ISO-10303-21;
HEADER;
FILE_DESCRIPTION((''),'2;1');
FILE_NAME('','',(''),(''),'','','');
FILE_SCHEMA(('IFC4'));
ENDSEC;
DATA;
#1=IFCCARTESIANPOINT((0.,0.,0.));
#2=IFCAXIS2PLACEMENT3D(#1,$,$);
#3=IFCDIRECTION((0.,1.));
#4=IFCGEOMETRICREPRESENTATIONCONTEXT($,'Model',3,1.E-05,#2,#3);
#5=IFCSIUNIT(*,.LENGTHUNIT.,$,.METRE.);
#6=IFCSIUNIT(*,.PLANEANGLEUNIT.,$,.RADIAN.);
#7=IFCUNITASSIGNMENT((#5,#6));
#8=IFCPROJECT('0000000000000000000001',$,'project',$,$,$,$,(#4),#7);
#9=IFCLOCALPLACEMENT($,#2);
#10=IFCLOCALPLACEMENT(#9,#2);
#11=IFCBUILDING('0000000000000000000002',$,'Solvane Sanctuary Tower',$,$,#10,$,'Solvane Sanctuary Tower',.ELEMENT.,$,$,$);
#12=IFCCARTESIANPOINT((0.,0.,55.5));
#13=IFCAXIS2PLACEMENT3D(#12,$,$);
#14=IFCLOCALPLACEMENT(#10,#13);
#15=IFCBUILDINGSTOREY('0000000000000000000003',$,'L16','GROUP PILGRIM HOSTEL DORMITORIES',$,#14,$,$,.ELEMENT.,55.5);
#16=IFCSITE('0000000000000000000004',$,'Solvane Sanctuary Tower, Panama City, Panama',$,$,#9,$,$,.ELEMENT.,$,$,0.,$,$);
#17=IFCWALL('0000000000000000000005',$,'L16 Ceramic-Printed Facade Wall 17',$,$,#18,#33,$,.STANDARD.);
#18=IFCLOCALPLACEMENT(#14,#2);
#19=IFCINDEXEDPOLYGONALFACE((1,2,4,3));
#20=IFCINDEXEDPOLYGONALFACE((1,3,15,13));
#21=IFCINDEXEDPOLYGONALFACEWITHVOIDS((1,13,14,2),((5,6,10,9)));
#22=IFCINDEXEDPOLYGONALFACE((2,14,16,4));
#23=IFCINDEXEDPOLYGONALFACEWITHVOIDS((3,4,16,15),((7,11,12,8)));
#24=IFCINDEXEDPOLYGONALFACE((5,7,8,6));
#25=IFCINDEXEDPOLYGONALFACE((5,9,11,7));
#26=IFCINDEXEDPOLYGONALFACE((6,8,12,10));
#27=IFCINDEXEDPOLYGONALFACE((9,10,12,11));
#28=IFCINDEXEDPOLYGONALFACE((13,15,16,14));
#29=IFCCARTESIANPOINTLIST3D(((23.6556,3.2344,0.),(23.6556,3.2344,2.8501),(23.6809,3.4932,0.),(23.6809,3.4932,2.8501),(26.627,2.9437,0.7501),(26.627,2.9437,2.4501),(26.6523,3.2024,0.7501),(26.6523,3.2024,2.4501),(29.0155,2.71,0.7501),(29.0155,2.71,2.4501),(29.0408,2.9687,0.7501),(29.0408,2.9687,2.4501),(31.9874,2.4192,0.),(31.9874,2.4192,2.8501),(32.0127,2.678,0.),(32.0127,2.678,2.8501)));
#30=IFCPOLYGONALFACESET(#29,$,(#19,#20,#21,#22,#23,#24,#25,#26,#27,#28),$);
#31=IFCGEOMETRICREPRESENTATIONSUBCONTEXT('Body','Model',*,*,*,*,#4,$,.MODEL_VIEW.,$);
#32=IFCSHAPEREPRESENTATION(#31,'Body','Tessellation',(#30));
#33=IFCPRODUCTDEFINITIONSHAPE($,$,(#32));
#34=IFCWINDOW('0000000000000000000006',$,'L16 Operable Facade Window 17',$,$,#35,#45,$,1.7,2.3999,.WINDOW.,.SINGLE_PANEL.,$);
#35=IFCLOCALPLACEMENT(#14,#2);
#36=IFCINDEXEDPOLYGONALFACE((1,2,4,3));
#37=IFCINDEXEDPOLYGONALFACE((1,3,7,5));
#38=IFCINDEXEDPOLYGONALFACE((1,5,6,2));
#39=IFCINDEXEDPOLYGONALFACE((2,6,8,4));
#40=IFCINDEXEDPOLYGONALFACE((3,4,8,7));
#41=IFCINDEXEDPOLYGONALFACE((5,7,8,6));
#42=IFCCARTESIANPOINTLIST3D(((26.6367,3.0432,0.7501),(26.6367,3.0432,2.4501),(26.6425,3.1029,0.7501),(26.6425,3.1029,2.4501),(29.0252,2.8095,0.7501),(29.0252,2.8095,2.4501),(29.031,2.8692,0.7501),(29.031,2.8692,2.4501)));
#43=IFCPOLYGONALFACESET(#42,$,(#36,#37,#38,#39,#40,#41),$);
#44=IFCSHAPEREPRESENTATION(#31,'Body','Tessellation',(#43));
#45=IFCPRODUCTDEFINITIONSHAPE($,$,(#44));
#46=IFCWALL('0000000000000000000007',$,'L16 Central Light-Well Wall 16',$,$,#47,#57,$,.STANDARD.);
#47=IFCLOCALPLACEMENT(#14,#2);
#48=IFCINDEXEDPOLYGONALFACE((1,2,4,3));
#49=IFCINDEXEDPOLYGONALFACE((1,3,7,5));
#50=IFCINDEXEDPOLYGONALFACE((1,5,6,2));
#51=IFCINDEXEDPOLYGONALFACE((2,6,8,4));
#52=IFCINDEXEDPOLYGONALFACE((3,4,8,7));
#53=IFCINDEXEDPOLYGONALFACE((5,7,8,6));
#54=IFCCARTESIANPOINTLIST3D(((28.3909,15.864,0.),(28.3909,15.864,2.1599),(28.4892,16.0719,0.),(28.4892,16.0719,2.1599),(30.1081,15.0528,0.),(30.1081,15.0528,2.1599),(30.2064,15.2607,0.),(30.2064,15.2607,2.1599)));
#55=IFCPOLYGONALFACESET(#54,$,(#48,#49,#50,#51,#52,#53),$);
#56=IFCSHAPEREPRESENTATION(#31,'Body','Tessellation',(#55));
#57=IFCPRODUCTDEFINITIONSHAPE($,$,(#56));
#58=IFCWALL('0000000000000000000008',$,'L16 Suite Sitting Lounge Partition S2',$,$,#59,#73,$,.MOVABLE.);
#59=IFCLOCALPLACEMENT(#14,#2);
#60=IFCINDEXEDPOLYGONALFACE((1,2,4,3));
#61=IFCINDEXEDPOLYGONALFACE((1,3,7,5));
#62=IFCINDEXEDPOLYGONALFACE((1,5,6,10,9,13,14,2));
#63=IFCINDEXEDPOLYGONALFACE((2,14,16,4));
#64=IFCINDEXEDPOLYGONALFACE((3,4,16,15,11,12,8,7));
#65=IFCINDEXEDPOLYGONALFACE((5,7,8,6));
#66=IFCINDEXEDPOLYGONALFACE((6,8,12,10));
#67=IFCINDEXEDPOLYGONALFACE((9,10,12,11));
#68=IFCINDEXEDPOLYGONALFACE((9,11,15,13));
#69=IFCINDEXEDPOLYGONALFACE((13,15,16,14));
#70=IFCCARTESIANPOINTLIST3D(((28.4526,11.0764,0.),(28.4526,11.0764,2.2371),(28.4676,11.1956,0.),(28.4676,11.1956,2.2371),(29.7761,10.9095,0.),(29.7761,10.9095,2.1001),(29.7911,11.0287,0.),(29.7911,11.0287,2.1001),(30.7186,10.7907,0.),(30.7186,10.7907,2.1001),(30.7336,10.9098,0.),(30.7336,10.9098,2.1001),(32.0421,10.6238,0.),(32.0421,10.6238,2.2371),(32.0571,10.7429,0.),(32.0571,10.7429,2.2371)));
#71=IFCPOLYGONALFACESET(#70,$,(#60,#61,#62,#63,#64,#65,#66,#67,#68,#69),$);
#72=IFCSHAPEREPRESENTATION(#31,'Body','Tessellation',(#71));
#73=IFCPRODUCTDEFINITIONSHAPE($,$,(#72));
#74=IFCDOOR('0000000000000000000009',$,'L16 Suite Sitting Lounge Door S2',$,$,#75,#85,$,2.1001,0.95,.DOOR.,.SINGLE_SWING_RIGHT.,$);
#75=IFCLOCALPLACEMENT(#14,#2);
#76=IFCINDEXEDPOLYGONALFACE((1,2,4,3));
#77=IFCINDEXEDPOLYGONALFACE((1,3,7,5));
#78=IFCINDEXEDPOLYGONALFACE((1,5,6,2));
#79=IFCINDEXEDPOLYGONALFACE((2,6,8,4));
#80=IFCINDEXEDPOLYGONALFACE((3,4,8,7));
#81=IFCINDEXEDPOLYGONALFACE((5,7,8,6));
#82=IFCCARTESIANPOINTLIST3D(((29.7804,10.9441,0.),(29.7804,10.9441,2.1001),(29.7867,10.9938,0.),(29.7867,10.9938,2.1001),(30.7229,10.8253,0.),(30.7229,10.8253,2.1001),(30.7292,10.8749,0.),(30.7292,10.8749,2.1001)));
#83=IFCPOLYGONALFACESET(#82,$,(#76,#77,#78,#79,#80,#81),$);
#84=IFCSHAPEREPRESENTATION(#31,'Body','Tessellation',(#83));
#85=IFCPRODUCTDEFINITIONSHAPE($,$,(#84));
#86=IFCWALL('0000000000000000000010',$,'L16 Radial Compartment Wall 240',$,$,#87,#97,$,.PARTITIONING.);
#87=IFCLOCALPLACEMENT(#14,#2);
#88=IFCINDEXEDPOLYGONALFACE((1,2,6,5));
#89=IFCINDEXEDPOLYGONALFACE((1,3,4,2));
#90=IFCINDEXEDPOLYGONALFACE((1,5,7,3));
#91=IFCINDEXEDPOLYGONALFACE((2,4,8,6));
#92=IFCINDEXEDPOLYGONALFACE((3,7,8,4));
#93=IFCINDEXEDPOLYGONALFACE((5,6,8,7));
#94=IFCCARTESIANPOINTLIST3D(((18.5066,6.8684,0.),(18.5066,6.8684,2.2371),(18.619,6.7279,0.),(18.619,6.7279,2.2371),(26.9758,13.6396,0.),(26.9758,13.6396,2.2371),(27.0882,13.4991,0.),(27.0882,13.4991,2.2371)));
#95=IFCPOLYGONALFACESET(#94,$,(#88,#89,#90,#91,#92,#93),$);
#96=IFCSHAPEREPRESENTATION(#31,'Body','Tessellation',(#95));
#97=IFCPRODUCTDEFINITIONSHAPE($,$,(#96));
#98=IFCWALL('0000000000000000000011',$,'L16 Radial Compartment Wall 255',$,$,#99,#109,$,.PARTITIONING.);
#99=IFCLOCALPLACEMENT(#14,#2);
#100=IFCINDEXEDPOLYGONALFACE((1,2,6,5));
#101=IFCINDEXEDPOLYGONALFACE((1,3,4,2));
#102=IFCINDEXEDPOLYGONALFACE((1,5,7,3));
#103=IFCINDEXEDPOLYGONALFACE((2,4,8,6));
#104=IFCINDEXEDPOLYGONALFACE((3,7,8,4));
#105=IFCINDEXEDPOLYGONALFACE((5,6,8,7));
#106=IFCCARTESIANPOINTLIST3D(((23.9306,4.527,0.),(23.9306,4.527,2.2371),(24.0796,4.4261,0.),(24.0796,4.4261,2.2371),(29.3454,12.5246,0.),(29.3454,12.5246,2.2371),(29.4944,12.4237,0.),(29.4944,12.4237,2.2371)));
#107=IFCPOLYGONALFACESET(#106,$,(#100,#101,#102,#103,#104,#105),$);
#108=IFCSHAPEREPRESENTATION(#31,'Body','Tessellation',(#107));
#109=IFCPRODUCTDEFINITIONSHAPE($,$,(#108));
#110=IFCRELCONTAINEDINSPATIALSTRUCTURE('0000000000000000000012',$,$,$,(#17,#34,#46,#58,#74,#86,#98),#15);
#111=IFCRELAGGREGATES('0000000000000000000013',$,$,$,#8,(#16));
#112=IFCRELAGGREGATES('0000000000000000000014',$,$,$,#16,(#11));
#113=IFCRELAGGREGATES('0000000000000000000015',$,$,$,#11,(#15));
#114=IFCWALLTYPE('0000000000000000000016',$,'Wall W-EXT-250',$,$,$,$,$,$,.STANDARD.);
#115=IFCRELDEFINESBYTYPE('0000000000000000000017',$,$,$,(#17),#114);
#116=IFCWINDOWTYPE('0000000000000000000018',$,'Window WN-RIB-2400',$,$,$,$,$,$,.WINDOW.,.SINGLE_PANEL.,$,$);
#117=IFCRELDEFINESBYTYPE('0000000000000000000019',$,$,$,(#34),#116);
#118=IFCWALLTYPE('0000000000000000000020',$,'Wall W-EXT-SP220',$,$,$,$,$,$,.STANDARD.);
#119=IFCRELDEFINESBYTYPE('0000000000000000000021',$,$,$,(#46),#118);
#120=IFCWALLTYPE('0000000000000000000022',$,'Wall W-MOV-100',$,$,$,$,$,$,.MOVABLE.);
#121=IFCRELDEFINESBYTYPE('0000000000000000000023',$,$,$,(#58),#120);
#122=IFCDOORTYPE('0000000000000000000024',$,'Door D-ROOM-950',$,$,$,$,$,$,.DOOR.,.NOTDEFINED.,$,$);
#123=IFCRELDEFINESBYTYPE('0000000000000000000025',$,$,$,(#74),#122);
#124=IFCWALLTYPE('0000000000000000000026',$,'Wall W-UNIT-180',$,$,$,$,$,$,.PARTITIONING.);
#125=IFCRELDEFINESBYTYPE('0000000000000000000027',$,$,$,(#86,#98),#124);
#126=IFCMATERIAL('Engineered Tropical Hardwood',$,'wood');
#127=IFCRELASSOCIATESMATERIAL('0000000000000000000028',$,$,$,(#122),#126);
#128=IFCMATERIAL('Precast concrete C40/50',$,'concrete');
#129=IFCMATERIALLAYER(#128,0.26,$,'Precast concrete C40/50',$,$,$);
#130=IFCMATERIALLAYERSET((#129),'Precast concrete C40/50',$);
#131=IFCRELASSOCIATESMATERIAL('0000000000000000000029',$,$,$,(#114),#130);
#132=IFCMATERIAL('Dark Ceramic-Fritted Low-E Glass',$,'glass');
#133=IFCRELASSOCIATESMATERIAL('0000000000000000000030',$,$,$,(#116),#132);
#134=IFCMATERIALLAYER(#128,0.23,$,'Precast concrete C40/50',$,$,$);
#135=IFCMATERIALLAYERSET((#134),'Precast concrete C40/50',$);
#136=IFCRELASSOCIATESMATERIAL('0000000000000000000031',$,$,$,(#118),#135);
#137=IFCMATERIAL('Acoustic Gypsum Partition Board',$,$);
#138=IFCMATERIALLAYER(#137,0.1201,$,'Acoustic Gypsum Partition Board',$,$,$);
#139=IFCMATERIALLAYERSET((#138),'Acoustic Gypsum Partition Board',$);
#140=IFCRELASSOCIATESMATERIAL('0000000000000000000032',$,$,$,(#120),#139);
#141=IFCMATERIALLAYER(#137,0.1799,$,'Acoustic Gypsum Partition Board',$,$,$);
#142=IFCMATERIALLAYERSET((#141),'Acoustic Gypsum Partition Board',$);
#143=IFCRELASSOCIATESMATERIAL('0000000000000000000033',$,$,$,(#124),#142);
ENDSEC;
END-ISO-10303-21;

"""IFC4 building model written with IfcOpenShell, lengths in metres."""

from ifc_helpers import new_model, si_unit, direction, frame, frame_2d, origin, place, context, subcontext, project, spatial, rectangle, extrude, material, layer, layer_set, type_object, element, fill, save


model = new_model("IFC4")

# Units and contexts
model_context = context("Model", 3, precision=1e-05, world=origin(), true_north=direction((0.0, 1.0)))
body_context = subcontext(model_context, "Body", "Model", "MODEL_VIEW")
ifc_project = project(units=[si_unit("LENGTHUNIT", "METRE"), si_unit("PLANEANGLEUNIT", "RADIAN")], contexts=[model_context])

# Site, building, storey
site_placement = place(None, origin())
site = spatial("IfcSite", under=ifc_project, at=site_placement, Name="Solvane Sanctuary Tower, Panama City, Panama", CompositionType="ELEMENT", RefElevation=0.0)
building_placement = place(site_placement, origin())
building = spatial("IfcBuilding", under=site, at=building_placement, Name="Solvane Sanctuary Tower", LongName="Solvane Sanctuary Tower", CompositionType="ELEMENT")
storey_placement = place(building_placement, frame((0.0, 0.0, 55.5)))
storey = spatial("IfcBuildingStorey", under=building, at=storey_placement, Name="L16", Description="GROUP PILGRIM HOSTEL DORMITORIES", CompositionType="ELEMENT", Elevation=55.5)

# Shared definitions
ifc_material_1 = material(Name="Acoustic Gypsum Partition Board")

# Shared definitions
ifc_material_2 = material(Name="Engineered Tropical Hardwood", Category="wood")
door_type = type_object("IfcDoorType", Name="Door D-ROOM-950", OperationType="NOTDEFINED", PredefinedType="DOOR", material=ifc_material_2)

# Wall, opening, window
ifc_material_3 = material(Name="Precast concrete C40/50", Category="concrete")
ifc_layer_1 = layer(ifc_material_3, 0.26, Name="Precast concrete C40/50")
ifc_layer_set_1 = layer_set([ifc_layer_1], Name="Precast concrete C40/50")
wall_type_1 = type_object("IfcWallType", Name="Wall W-EXT-250", PredefinedType="STANDARD", material=ifc_layer_set_1)
wall_1_placement = place(storey_placement, frame((23.6682, 3.3638, 0.0), z_axis=(0.0, 0.0, 1.0), x_axis=(0.995248, -0.097375, 0.0)))
wall_1 = element("IfcWall", 1, at=wall_1_placement, inside=storey, type_object=wall_type_1, Name="L16 Ceramic-Printed Facade Wall 17", PredefinedType="STANDARD", context=body_context, shape_type="SweptSolid", body=[
    extrude(rectangle(XDim=8.3716, YDim=0.26, at=frame_2d((4.1858, 0.0))), origin(), (0.0, 0.0, 1.0), 2.8501),
])
opening_1_placement = place(wall_1_placement, frame((2.9856, 0.0, 0.75)))
opening_1 = element("IfcOpeningElement", 2, at=opening_1_placement, cuts=wall_1, PredefinedType="OPENING", context=body_context, shape_type="SweptSolid", body=[
    extrude(rectangle(XDim=2.3999, YDim=1.7, at=frame_2d((1.2, 0.8501))), frame((0.0, 0.1399, 0.0), z_axis=(0.0, -1.0, 0.0), x_axis=(1.0, 0.0, 0.0)), (0.0, 0.0, 1.0), 0.28),
])
ifc_material_4 = material(Name="Dark Ceramic-Fritted Low-E Glass", Category="glass")
window_type = type_object("IfcWindowType", Name="Window WN-RIB-2400", PartitioningType="SINGLE_PANEL", PredefinedType="WINDOW", material=ifc_material_4)
window_placement = place(opening_1_placement, origin())
window = element("IfcWindow", 3, at=window_placement, inside=storey, type_object=window_type, Name="L16 Operable Facade Window 17", OverallHeight=1.7, OverallWidth=2.3999, PartitioningType="SINGLE_PANEL", PredefinedType="WINDOW", context=body_context, shape_type="SweptSolid", body=[
    extrude(rectangle(XDim=2.3999, YDim=1.7, at=frame_2d((1.2, 0.8501))), frame((0.0, 0.03, 0.0), z_axis=(0.0, -1.0, 0.0), x_axis=(1.0, 0.0, 0.0)), (0.0, 0.0, 1.0), 0.0601),
])
fill(opening_1, window)

# Wall
ifc_layer_2 = layer(ifc_material_3, 0.23, Name="Precast concrete C40/50")
ifc_layer_set_2 = layer_set([ifc_layer_2], Name="Precast concrete C40/50")
wall_type_2 = type_object("IfcWallType", Name="Wall W-EXT-SP220", PredefinedType="STANDARD", material=ifc_layer_set_2)
wall_2_placement = place(storey_placement, frame((28.4399, 15.968, 0.0), z_axis=(0.0, 0.0, 1.0), x_axis=(0.90418, -0.427152, 0.0)))
element("IfcWall", 4, at=wall_2_placement, inside=storey, type_object=wall_type_2, Name="L16 Central Light-Well Wall 16", PredefinedType="STANDARD", context=body_context, shape_type="SweptSolid", body=[
    extrude(rectangle(XDim=1.8992, YDim=0.23, at=frame_2d((0.9497, 0.0))), origin(), (0.0, 0.0, 1.0), 2.1599),
])

# Wall, opening, door
ifc_layer_3 = layer(ifc_material_1, 0.1201, Name="Acoustic Gypsum Partition Board")
ifc_layer_set_3 = layer_set([ifc_layer_3], Name="Acoustic Gypsum Partition Board")
wall_type_3 = type_object("IfcWallType", Name="Wall W-MOV-100", PredefinedType="MOVABLE", material=ifc_layer_set_3)
wall_3_placement = place(storey_placement, frame((28.46, 11.136, 0.0), z_axis=(0.0, 0.0, 1.0), x_axis=(0.992143, -0.125106, 0.0)))
wall_3 = element("IfcWall", 5, at=wall_3_placement, inside=storey, type_object=wall_type_3, Name="L16 Suite Sitting Lounge Partition S2", PredefinedType="MOVABLE", context=body_context, shape_type="SweptSolid", body=[
    extrude(rectangle(XDim=3.6179, YDim=0.1201, at=frame_2d((1.8091, 0.0))), origin(), (0.0, 0.0, 1.0), 2.2371),
])
opening_2_placement = place(wall_3_placement, frame((1.334, 0.0, 0.0)))
opening_2 = element("IfcOpeningElement", 6, at=opening_2_placement, cuts=wall_3, PredefinedType="OPENING", context=body_context, shape_type="SweptSolid", body=[
    extrude(rectangle(XDim=0.95, YDim=2.1001, at=frame_2d((0.4751, 1.05))), frame((0.0, 0.0701, 0.0), z_axis=(0.0, -1.0, 0.0), x_axis=(1.0, 0.0, 0.0)), (0.0, 0.0, 1.0), 0.1401),
])
door_1_placement = place(opening_2_placement, origin())
door_1 = element("IfcDoor", 7, at=door_1_placement, inside=storey, type_object=door_type, Name="L16 Suite Sitting Lounge Door S2", OperationType="SINGLE_SWING_RIGHT", OverallHeight=2.1001, OverallWidth=0.95, PredefinedType="DOOR", context=body_context, shape_type="SweptSolid", body=[
    extrude(rectangle(XDim=0.95, YDim=2.1001, at=frame_2d((0.4751, 1.05))), frame((0.0, 0.0249, 0.0), z_axis=(0.0, -1.0, 0.0), x_axis=(1.0, 0.0, 0.0)), (0.0, 0.0, 1.0), 0.05),
])
fill(opening_2, door_1)

# Walls
ifc_layer_4 = layer(ifc_material_1, 0.1799, Name="Acoustic Gypsum Partition Board")
ifc_layer_set_4 = layer_set([ifc_layer_4], Name="Acoustic Gypsum Partition Board")
wall_type_4 = type_object("IfcWallType", Name="Wall W-UNIT-180", PredefinedType="PARTITIONING", material=ifc_layer_set_4)
wall_4_placement = place(storey_placement, frame((27.032, 13.5693, 0.0), z_axis=(0.0, 0.0, 1.0), x_axis=(-0.781055, -0.624462, 0.0)))
element("IfcWall", 8, at=wall_4_placement, inside=storey, type_object=wall_type_4, Name="L16 Radial Compartment Wall 240", PredefinedType="PARTITIONING", context=body_context, shape_type="SweptSolid", body=[
    extrude(rectangle(XDim=10.8433, YDim=0.1799, at=frame_2d((5.4216, 0.0))), origin(), (0.0, 0.0, 1.0), 2.2371),
])
wall_5_placement = place(storey_placement, frame((29.4199, 12.4741, 0.0), z_axis=(0.0, 0.0, 1.0), x_axis=(-0.560642, -0.828058, 0.0)))
element("IfcWall", 9, at=wall_5_placement, inside=storey, type_object=wall_type_4, Name="L16 Radial Compartment Wall 255", PredefinedType="PARTITIONING", context=body_context, shape_type="SweptSolid", body=[
    extrude(rectangle(XDim=9.6582, YDim=0.1799, at=frame_2d((4.8291, 0.0))), origin(), (0.0, 0.0, 1.0), 2.2371),
])

save(model, "model.ifc")
